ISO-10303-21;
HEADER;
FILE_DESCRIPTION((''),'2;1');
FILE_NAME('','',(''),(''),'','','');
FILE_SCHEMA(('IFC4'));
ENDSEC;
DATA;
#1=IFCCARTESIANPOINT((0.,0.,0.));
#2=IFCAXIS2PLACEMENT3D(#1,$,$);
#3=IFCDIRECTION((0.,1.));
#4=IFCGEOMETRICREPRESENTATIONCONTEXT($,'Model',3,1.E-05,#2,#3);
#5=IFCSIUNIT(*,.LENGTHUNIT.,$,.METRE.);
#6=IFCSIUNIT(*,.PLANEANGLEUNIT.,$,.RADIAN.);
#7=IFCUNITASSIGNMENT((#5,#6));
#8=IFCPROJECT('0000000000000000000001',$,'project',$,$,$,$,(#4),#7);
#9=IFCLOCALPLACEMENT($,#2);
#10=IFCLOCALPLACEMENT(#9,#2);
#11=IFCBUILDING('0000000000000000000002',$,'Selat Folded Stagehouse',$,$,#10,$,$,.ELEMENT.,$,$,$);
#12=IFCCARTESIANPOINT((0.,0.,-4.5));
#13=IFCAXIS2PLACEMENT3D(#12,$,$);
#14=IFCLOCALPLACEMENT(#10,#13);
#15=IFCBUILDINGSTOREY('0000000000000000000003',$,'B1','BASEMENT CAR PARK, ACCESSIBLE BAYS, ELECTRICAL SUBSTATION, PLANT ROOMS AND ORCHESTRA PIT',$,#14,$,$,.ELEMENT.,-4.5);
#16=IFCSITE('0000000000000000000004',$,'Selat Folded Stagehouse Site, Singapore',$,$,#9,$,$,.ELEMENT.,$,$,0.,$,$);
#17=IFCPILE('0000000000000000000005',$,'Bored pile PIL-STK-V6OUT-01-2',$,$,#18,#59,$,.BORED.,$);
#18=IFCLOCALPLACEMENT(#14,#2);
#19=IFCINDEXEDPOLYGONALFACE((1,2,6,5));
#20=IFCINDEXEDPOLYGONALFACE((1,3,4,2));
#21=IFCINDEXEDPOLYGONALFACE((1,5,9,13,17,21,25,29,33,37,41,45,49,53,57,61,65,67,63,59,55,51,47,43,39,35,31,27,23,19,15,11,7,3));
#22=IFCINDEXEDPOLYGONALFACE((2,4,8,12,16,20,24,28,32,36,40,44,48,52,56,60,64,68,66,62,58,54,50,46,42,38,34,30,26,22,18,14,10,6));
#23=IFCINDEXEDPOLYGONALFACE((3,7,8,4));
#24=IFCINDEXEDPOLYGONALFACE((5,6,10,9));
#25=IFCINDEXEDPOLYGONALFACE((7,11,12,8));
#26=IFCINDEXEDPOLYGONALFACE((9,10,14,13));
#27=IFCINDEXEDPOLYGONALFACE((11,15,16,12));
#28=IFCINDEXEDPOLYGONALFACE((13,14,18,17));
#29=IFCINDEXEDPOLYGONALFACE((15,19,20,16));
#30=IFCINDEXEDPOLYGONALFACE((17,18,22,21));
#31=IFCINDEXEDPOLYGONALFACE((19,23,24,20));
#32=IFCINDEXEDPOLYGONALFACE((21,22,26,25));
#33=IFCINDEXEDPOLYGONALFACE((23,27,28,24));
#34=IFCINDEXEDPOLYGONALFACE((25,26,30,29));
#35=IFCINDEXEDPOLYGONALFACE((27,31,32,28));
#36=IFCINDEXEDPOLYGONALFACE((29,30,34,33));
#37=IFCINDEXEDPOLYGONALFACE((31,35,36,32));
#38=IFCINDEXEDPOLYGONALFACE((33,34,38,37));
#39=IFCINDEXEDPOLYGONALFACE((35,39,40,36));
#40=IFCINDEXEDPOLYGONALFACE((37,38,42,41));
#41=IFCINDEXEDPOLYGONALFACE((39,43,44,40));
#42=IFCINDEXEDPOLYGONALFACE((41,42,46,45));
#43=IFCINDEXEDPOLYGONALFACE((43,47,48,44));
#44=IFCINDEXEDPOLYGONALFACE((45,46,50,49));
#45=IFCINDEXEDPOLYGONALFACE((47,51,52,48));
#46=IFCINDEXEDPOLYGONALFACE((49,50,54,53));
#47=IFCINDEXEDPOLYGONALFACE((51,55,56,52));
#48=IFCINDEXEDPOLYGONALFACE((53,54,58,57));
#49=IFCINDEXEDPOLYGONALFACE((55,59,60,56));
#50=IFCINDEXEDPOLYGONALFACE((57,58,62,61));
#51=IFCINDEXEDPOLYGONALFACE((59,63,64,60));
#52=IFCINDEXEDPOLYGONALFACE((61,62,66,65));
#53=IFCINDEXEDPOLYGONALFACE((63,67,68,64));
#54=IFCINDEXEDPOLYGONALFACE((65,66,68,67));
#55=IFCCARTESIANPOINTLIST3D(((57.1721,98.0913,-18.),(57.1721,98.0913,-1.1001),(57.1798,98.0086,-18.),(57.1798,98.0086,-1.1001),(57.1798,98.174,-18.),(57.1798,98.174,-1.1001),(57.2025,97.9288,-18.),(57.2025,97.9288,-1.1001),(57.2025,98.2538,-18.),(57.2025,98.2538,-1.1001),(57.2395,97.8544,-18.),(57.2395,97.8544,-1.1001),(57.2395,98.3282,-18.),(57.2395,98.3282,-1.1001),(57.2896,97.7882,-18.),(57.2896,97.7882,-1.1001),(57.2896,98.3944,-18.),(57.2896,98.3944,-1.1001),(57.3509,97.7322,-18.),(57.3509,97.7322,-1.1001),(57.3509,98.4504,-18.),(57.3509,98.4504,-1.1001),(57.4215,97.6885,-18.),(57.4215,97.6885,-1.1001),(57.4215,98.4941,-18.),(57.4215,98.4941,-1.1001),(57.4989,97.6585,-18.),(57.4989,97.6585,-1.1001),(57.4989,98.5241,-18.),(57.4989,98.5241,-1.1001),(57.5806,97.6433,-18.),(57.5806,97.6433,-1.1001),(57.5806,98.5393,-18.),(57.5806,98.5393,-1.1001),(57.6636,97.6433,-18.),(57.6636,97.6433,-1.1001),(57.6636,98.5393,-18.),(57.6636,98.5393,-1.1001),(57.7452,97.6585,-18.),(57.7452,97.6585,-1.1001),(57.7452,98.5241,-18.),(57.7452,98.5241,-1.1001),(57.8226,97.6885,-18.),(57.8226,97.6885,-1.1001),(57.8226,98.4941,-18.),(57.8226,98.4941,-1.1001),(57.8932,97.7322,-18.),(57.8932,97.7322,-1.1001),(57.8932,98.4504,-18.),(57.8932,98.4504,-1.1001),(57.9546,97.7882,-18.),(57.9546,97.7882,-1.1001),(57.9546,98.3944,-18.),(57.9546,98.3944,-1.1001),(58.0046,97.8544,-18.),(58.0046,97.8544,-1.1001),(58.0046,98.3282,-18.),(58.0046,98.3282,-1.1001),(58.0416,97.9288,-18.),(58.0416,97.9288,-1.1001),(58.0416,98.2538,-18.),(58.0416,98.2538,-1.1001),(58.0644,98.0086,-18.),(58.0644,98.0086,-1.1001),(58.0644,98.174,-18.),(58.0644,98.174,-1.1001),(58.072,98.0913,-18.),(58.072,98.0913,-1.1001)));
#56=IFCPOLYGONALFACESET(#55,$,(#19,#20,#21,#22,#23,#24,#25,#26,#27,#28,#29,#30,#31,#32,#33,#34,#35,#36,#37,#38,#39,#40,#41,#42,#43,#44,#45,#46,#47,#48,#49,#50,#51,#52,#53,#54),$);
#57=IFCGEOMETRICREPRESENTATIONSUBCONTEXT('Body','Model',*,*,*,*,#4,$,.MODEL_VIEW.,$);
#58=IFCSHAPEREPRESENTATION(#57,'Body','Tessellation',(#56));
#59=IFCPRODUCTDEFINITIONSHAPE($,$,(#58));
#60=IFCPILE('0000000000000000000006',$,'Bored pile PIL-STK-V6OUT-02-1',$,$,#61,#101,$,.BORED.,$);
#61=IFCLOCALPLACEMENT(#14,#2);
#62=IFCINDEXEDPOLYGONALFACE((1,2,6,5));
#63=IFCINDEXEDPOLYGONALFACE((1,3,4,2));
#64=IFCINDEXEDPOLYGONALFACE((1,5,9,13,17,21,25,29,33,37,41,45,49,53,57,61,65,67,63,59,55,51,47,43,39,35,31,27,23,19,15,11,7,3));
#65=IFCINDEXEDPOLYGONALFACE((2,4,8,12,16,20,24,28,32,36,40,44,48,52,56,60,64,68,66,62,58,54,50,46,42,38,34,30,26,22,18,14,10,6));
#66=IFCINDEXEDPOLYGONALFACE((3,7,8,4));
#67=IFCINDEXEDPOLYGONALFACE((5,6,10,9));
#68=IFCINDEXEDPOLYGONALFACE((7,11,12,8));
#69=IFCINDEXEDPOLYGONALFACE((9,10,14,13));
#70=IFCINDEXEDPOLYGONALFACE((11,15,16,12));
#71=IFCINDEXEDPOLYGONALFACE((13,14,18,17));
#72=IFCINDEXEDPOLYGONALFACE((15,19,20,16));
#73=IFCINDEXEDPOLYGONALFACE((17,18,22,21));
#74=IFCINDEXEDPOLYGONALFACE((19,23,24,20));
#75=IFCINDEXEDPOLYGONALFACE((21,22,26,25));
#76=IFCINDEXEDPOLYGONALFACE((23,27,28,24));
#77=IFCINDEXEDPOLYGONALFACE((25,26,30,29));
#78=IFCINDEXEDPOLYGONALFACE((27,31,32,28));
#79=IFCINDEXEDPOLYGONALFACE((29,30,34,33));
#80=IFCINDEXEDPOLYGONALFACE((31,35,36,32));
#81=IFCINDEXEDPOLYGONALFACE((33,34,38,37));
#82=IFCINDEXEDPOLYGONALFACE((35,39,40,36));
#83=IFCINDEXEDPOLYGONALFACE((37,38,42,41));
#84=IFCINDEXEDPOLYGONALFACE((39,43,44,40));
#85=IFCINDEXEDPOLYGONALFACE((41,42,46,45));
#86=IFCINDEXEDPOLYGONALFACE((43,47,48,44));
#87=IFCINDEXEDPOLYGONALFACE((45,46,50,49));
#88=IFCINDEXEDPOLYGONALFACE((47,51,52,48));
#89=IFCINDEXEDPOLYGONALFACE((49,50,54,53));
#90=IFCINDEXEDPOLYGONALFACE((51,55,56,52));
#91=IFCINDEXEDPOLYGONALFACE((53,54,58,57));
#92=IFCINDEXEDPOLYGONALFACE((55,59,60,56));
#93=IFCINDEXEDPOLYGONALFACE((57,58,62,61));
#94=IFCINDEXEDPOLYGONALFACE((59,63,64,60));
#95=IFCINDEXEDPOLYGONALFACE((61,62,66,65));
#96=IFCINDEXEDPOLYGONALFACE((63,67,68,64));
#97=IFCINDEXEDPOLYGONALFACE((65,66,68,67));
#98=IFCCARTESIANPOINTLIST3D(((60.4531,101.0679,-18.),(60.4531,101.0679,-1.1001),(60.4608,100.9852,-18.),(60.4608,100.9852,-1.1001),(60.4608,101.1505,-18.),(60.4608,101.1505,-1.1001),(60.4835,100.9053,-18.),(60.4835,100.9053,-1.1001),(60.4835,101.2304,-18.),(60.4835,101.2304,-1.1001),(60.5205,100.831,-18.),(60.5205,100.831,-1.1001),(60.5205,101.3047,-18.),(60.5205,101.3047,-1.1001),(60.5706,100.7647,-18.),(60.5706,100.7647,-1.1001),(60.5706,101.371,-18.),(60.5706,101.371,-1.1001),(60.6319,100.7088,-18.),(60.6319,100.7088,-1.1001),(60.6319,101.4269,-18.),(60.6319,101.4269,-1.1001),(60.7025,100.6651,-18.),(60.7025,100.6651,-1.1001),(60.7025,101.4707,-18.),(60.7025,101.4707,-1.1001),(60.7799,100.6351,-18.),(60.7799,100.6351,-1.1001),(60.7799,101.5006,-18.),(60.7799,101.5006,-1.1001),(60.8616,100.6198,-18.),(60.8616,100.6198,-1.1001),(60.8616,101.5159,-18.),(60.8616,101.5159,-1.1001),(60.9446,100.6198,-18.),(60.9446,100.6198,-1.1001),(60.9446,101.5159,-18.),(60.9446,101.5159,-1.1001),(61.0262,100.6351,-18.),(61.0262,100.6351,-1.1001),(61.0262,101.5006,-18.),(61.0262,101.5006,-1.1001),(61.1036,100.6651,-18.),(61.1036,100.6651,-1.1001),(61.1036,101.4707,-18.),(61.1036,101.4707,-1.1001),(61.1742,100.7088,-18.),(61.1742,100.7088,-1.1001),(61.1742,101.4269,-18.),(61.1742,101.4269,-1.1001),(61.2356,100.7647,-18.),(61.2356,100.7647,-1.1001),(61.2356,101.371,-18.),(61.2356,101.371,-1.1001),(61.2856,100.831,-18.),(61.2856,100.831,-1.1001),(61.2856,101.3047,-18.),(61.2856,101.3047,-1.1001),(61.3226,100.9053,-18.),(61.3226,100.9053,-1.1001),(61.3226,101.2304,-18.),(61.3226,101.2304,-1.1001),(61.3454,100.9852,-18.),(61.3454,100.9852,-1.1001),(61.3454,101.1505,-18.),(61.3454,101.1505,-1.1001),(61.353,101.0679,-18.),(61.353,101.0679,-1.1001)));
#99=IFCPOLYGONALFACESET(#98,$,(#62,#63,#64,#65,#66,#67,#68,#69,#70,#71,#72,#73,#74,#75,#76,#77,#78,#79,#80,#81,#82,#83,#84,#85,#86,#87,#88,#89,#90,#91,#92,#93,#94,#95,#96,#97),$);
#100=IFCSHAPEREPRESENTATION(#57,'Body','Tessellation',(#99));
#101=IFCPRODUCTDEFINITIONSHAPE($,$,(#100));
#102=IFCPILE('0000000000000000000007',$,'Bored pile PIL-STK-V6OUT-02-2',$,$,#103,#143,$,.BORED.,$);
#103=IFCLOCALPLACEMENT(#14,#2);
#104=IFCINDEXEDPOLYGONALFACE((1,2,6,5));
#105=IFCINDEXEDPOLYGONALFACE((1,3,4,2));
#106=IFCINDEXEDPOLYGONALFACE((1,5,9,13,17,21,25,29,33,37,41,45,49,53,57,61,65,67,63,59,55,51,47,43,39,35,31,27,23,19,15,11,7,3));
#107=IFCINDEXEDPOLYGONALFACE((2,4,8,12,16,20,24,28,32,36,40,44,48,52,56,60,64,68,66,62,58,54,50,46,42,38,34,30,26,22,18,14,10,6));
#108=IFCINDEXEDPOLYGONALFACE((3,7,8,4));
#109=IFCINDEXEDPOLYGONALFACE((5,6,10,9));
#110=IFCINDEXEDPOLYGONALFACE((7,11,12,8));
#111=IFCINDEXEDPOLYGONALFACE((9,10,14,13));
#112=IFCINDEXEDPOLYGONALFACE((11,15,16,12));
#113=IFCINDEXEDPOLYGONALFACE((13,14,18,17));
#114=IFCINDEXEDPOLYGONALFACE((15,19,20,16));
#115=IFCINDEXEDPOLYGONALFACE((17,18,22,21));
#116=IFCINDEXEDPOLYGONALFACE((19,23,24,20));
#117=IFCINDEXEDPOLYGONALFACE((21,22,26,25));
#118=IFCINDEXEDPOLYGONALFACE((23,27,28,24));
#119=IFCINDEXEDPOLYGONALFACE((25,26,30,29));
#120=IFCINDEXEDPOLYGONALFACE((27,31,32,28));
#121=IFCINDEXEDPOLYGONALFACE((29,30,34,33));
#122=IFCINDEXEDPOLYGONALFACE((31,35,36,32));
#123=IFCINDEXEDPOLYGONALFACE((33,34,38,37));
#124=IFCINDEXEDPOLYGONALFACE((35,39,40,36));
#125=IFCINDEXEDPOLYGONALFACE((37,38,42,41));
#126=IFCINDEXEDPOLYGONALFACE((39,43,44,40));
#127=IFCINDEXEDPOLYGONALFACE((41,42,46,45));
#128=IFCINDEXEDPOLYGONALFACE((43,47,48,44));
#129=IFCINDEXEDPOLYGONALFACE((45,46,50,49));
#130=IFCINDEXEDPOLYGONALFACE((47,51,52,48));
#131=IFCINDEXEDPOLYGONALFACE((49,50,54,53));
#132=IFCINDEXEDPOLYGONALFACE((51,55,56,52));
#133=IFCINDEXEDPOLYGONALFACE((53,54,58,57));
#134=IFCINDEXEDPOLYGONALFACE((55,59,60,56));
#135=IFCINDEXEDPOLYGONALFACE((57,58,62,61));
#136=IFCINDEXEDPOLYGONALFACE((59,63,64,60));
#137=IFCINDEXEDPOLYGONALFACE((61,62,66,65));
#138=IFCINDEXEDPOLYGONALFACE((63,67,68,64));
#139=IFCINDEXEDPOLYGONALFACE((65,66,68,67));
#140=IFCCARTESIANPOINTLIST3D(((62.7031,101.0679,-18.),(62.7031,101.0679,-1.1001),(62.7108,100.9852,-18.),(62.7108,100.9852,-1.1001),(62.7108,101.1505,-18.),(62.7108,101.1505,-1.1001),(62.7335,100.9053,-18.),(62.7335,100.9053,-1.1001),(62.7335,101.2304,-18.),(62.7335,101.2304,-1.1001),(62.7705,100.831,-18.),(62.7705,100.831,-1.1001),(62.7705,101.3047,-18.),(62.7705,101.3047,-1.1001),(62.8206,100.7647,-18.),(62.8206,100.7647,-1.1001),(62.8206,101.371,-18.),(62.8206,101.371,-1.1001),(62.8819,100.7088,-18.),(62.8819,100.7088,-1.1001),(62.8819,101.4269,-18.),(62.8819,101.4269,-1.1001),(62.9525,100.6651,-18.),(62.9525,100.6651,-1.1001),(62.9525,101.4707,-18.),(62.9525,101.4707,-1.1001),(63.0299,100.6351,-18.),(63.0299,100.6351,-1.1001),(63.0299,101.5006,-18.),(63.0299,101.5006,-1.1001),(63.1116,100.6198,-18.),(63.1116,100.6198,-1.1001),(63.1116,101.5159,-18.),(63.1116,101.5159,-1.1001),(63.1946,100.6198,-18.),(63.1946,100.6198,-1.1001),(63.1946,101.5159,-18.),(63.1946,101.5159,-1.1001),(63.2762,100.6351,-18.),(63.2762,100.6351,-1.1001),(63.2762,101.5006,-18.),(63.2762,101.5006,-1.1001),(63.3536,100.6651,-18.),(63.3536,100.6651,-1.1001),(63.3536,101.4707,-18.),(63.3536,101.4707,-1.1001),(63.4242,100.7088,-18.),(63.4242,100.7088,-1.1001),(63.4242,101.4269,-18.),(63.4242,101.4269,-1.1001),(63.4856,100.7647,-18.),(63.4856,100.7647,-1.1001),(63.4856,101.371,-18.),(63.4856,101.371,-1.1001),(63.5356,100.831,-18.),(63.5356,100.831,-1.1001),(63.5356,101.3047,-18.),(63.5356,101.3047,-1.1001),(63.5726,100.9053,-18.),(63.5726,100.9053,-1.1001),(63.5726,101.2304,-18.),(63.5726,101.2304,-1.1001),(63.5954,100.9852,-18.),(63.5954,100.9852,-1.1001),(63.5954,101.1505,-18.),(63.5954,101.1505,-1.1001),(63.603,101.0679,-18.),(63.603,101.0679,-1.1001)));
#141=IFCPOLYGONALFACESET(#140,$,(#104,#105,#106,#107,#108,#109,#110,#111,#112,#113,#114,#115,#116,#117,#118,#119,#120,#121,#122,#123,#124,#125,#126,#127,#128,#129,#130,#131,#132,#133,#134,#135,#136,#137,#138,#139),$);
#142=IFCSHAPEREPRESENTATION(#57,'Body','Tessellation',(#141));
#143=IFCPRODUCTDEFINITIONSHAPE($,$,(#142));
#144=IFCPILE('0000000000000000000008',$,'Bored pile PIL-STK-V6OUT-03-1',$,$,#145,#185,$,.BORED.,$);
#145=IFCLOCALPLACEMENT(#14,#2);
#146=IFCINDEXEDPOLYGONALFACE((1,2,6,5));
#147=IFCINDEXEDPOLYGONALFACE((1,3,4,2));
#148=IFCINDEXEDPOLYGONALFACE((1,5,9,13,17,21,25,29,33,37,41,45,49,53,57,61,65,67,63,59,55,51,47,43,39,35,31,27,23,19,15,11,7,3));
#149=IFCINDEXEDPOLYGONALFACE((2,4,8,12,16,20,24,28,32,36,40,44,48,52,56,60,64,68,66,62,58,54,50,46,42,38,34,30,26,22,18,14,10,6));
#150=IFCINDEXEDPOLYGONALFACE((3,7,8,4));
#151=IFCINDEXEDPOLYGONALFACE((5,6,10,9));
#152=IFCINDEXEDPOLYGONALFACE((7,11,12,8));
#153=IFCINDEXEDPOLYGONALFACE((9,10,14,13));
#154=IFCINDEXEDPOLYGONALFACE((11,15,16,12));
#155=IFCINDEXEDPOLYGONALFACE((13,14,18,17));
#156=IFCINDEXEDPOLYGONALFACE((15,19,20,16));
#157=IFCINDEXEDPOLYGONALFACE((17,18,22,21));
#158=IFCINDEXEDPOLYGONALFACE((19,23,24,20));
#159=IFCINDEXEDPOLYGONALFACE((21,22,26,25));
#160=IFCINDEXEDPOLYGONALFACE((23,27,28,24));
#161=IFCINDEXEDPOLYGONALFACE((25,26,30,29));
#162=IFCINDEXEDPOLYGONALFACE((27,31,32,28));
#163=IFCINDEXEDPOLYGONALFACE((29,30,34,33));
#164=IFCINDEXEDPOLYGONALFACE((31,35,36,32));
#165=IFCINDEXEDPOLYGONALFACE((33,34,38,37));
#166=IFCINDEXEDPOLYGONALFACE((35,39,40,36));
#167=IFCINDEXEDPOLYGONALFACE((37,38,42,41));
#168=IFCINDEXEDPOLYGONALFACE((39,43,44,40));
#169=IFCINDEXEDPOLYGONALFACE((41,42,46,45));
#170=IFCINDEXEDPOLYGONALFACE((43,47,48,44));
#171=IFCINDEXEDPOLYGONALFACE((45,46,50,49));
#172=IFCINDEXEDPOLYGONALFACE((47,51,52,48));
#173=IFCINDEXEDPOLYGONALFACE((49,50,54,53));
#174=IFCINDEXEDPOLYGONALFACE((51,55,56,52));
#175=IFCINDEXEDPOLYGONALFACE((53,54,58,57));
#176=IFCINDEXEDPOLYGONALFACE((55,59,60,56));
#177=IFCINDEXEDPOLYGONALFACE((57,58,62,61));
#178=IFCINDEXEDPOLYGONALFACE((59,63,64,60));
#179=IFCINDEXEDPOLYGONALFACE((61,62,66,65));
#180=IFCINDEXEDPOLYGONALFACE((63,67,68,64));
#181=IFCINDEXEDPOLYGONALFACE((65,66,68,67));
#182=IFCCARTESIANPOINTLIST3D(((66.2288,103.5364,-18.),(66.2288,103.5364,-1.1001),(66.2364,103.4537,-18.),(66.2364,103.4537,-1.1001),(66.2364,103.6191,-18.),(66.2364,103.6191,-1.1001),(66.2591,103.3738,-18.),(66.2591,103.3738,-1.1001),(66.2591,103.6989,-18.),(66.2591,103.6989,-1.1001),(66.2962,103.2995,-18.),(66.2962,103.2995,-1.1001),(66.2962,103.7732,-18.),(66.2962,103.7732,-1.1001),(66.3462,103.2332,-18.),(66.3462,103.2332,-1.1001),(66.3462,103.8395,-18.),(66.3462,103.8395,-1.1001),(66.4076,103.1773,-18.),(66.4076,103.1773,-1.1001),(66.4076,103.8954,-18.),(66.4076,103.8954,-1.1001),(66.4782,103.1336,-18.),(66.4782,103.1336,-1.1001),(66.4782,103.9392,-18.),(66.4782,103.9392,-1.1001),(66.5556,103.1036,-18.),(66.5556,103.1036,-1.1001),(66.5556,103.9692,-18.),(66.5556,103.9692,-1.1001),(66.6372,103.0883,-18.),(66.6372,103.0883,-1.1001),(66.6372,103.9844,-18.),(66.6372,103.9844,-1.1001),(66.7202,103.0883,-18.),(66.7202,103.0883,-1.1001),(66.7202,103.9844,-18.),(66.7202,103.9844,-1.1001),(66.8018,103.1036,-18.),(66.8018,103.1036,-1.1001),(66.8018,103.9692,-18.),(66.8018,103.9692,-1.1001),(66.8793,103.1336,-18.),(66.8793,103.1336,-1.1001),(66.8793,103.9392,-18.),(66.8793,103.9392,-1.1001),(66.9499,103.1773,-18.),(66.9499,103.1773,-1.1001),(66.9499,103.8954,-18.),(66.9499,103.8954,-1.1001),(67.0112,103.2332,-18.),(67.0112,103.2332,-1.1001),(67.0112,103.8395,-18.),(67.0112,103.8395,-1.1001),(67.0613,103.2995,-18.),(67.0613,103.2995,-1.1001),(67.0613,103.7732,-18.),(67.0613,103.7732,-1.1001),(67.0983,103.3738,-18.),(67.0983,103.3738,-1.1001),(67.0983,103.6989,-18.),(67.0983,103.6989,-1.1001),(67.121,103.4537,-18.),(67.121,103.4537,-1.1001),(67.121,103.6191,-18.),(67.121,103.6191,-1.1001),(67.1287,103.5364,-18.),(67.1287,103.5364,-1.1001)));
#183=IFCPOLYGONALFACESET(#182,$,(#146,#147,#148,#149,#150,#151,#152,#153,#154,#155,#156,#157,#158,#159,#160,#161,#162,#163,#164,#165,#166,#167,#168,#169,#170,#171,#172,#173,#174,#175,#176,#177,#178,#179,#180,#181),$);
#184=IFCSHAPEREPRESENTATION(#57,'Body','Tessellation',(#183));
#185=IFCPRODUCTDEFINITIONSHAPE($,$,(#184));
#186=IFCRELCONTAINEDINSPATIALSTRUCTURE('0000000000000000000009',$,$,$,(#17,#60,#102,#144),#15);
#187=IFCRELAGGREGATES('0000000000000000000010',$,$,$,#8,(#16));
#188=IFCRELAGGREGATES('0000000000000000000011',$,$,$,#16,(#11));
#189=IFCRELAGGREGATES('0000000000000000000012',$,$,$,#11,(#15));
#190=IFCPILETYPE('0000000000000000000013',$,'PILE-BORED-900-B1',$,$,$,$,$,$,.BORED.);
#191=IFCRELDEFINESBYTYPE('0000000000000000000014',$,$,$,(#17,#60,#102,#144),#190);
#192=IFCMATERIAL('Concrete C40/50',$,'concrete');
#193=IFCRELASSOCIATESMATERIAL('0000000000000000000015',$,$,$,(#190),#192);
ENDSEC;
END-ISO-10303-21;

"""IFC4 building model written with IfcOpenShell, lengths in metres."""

from ifc_helpers import new_model, si_unit, direction, frame, origin, origin_2d, place, context, subcontext, project, spatial, circle, extrude, material, material_profile, profile_set, type_object, element, save


model = new_model("IFC4")

# Units and contexts
model_context = context("Model", 3, precision=1e-05, world=origin(), true_north=direction((0.0, 1.0)))
body_context = subcontext(model_context, "Body", "Model", "MODEL_VIEW")
ifc_project = project(units=[si_unit("LENGTHUNIT", "METRE"), si_unit("PLANEANGLEUNIT", "RADIAN")], contexts=[model_context])

# Site, building, storey
site_placement = place(None, origin())
site = spatial("IfcSite", under=ifc_project, at=site_placement, Name="Selat Folded Stagehouse Site, Singapore", CompositionType="ELEMENT", RefElevation=0.0)
building_placement = place(site_placement, origin())
building = spatial("IfcBuilding", under=site, at=building_placement, Name="Selat Folded Stagehouse", CompositionType="ELEMENT")
storey_placement = place(building_placement, frame((0.0, 0.0, -4.5)))
storey = spatial("IfcBuildingStorey", under=building, at=storey_placement, Name="B1", Description="BASEMENT CAR PARK, ACCESSIBLE BAYS, ELECTRICAL SUBSTATION, PLANT ROOMS AND ORCHESTRA PIT", CompositionType="ELEMENT", Elevation=-4.5)

# Shared definitions
ifc_material_1 = material(Name="Concrete C40/50", Category="concrete")

# Piles
ifc_material_profile_1 = material_profile(ifc_material_1, circle(Radius=0.45, at=origin_2d()), Name="PILE D900")
ifc_profile_set_1 = profile_set([ifc_material_profile_1], Name="Concrete C40/50")
pile_type = type_object("IfcPileType", Name="PILE-BORED-900-B1", PredefinedType="BORED", material=ifc_profile_set_1)
for number, where, z_axis, x_axis, name in (
    (1, (57.6221, 98.0913, -1.1001), (0.0, 0.0, -1.0), (1.0, 0.0, 0.0), "Bored pile PIL-STK-V6OUT-01-2"),
    (2, (60.9031, 101.0679, -1.1001), (0.0, 0.0, -1.0), (1.0, 0.0, 0.0), "Bored pile PIL-STK-V6OUT-02-1"),
    (3, (63.1531, 101.0679, -1.1001), (0.0, 0.0, -1.0), (1.0, 0.0, 0.0), "Bored pile PIL-STK-V6OUT-02-2"),
    (4, (66.6787, 103.5364, -1.1001), (0.0, 0.0, -1.0), (1.0, 0.0, 0.0), "Bored pile PIL-STK-V6OUT-03-1"),
):
    element("IfcPile", number, at=place(storey_placement, frame(where, z_axis=z_axis, x_axis=x_axis)), inside=storey, type_object=pile_type, Name=name, PredefinedType="BORED", context=body_context, shape_type="SweptSolid", body=[
        extrude(circle(Radius=0.45, at=origin_2d()), origin(), (0.0, 0.0, 1.0), 16.8999),
    ])

save(model, "model.ifc")
